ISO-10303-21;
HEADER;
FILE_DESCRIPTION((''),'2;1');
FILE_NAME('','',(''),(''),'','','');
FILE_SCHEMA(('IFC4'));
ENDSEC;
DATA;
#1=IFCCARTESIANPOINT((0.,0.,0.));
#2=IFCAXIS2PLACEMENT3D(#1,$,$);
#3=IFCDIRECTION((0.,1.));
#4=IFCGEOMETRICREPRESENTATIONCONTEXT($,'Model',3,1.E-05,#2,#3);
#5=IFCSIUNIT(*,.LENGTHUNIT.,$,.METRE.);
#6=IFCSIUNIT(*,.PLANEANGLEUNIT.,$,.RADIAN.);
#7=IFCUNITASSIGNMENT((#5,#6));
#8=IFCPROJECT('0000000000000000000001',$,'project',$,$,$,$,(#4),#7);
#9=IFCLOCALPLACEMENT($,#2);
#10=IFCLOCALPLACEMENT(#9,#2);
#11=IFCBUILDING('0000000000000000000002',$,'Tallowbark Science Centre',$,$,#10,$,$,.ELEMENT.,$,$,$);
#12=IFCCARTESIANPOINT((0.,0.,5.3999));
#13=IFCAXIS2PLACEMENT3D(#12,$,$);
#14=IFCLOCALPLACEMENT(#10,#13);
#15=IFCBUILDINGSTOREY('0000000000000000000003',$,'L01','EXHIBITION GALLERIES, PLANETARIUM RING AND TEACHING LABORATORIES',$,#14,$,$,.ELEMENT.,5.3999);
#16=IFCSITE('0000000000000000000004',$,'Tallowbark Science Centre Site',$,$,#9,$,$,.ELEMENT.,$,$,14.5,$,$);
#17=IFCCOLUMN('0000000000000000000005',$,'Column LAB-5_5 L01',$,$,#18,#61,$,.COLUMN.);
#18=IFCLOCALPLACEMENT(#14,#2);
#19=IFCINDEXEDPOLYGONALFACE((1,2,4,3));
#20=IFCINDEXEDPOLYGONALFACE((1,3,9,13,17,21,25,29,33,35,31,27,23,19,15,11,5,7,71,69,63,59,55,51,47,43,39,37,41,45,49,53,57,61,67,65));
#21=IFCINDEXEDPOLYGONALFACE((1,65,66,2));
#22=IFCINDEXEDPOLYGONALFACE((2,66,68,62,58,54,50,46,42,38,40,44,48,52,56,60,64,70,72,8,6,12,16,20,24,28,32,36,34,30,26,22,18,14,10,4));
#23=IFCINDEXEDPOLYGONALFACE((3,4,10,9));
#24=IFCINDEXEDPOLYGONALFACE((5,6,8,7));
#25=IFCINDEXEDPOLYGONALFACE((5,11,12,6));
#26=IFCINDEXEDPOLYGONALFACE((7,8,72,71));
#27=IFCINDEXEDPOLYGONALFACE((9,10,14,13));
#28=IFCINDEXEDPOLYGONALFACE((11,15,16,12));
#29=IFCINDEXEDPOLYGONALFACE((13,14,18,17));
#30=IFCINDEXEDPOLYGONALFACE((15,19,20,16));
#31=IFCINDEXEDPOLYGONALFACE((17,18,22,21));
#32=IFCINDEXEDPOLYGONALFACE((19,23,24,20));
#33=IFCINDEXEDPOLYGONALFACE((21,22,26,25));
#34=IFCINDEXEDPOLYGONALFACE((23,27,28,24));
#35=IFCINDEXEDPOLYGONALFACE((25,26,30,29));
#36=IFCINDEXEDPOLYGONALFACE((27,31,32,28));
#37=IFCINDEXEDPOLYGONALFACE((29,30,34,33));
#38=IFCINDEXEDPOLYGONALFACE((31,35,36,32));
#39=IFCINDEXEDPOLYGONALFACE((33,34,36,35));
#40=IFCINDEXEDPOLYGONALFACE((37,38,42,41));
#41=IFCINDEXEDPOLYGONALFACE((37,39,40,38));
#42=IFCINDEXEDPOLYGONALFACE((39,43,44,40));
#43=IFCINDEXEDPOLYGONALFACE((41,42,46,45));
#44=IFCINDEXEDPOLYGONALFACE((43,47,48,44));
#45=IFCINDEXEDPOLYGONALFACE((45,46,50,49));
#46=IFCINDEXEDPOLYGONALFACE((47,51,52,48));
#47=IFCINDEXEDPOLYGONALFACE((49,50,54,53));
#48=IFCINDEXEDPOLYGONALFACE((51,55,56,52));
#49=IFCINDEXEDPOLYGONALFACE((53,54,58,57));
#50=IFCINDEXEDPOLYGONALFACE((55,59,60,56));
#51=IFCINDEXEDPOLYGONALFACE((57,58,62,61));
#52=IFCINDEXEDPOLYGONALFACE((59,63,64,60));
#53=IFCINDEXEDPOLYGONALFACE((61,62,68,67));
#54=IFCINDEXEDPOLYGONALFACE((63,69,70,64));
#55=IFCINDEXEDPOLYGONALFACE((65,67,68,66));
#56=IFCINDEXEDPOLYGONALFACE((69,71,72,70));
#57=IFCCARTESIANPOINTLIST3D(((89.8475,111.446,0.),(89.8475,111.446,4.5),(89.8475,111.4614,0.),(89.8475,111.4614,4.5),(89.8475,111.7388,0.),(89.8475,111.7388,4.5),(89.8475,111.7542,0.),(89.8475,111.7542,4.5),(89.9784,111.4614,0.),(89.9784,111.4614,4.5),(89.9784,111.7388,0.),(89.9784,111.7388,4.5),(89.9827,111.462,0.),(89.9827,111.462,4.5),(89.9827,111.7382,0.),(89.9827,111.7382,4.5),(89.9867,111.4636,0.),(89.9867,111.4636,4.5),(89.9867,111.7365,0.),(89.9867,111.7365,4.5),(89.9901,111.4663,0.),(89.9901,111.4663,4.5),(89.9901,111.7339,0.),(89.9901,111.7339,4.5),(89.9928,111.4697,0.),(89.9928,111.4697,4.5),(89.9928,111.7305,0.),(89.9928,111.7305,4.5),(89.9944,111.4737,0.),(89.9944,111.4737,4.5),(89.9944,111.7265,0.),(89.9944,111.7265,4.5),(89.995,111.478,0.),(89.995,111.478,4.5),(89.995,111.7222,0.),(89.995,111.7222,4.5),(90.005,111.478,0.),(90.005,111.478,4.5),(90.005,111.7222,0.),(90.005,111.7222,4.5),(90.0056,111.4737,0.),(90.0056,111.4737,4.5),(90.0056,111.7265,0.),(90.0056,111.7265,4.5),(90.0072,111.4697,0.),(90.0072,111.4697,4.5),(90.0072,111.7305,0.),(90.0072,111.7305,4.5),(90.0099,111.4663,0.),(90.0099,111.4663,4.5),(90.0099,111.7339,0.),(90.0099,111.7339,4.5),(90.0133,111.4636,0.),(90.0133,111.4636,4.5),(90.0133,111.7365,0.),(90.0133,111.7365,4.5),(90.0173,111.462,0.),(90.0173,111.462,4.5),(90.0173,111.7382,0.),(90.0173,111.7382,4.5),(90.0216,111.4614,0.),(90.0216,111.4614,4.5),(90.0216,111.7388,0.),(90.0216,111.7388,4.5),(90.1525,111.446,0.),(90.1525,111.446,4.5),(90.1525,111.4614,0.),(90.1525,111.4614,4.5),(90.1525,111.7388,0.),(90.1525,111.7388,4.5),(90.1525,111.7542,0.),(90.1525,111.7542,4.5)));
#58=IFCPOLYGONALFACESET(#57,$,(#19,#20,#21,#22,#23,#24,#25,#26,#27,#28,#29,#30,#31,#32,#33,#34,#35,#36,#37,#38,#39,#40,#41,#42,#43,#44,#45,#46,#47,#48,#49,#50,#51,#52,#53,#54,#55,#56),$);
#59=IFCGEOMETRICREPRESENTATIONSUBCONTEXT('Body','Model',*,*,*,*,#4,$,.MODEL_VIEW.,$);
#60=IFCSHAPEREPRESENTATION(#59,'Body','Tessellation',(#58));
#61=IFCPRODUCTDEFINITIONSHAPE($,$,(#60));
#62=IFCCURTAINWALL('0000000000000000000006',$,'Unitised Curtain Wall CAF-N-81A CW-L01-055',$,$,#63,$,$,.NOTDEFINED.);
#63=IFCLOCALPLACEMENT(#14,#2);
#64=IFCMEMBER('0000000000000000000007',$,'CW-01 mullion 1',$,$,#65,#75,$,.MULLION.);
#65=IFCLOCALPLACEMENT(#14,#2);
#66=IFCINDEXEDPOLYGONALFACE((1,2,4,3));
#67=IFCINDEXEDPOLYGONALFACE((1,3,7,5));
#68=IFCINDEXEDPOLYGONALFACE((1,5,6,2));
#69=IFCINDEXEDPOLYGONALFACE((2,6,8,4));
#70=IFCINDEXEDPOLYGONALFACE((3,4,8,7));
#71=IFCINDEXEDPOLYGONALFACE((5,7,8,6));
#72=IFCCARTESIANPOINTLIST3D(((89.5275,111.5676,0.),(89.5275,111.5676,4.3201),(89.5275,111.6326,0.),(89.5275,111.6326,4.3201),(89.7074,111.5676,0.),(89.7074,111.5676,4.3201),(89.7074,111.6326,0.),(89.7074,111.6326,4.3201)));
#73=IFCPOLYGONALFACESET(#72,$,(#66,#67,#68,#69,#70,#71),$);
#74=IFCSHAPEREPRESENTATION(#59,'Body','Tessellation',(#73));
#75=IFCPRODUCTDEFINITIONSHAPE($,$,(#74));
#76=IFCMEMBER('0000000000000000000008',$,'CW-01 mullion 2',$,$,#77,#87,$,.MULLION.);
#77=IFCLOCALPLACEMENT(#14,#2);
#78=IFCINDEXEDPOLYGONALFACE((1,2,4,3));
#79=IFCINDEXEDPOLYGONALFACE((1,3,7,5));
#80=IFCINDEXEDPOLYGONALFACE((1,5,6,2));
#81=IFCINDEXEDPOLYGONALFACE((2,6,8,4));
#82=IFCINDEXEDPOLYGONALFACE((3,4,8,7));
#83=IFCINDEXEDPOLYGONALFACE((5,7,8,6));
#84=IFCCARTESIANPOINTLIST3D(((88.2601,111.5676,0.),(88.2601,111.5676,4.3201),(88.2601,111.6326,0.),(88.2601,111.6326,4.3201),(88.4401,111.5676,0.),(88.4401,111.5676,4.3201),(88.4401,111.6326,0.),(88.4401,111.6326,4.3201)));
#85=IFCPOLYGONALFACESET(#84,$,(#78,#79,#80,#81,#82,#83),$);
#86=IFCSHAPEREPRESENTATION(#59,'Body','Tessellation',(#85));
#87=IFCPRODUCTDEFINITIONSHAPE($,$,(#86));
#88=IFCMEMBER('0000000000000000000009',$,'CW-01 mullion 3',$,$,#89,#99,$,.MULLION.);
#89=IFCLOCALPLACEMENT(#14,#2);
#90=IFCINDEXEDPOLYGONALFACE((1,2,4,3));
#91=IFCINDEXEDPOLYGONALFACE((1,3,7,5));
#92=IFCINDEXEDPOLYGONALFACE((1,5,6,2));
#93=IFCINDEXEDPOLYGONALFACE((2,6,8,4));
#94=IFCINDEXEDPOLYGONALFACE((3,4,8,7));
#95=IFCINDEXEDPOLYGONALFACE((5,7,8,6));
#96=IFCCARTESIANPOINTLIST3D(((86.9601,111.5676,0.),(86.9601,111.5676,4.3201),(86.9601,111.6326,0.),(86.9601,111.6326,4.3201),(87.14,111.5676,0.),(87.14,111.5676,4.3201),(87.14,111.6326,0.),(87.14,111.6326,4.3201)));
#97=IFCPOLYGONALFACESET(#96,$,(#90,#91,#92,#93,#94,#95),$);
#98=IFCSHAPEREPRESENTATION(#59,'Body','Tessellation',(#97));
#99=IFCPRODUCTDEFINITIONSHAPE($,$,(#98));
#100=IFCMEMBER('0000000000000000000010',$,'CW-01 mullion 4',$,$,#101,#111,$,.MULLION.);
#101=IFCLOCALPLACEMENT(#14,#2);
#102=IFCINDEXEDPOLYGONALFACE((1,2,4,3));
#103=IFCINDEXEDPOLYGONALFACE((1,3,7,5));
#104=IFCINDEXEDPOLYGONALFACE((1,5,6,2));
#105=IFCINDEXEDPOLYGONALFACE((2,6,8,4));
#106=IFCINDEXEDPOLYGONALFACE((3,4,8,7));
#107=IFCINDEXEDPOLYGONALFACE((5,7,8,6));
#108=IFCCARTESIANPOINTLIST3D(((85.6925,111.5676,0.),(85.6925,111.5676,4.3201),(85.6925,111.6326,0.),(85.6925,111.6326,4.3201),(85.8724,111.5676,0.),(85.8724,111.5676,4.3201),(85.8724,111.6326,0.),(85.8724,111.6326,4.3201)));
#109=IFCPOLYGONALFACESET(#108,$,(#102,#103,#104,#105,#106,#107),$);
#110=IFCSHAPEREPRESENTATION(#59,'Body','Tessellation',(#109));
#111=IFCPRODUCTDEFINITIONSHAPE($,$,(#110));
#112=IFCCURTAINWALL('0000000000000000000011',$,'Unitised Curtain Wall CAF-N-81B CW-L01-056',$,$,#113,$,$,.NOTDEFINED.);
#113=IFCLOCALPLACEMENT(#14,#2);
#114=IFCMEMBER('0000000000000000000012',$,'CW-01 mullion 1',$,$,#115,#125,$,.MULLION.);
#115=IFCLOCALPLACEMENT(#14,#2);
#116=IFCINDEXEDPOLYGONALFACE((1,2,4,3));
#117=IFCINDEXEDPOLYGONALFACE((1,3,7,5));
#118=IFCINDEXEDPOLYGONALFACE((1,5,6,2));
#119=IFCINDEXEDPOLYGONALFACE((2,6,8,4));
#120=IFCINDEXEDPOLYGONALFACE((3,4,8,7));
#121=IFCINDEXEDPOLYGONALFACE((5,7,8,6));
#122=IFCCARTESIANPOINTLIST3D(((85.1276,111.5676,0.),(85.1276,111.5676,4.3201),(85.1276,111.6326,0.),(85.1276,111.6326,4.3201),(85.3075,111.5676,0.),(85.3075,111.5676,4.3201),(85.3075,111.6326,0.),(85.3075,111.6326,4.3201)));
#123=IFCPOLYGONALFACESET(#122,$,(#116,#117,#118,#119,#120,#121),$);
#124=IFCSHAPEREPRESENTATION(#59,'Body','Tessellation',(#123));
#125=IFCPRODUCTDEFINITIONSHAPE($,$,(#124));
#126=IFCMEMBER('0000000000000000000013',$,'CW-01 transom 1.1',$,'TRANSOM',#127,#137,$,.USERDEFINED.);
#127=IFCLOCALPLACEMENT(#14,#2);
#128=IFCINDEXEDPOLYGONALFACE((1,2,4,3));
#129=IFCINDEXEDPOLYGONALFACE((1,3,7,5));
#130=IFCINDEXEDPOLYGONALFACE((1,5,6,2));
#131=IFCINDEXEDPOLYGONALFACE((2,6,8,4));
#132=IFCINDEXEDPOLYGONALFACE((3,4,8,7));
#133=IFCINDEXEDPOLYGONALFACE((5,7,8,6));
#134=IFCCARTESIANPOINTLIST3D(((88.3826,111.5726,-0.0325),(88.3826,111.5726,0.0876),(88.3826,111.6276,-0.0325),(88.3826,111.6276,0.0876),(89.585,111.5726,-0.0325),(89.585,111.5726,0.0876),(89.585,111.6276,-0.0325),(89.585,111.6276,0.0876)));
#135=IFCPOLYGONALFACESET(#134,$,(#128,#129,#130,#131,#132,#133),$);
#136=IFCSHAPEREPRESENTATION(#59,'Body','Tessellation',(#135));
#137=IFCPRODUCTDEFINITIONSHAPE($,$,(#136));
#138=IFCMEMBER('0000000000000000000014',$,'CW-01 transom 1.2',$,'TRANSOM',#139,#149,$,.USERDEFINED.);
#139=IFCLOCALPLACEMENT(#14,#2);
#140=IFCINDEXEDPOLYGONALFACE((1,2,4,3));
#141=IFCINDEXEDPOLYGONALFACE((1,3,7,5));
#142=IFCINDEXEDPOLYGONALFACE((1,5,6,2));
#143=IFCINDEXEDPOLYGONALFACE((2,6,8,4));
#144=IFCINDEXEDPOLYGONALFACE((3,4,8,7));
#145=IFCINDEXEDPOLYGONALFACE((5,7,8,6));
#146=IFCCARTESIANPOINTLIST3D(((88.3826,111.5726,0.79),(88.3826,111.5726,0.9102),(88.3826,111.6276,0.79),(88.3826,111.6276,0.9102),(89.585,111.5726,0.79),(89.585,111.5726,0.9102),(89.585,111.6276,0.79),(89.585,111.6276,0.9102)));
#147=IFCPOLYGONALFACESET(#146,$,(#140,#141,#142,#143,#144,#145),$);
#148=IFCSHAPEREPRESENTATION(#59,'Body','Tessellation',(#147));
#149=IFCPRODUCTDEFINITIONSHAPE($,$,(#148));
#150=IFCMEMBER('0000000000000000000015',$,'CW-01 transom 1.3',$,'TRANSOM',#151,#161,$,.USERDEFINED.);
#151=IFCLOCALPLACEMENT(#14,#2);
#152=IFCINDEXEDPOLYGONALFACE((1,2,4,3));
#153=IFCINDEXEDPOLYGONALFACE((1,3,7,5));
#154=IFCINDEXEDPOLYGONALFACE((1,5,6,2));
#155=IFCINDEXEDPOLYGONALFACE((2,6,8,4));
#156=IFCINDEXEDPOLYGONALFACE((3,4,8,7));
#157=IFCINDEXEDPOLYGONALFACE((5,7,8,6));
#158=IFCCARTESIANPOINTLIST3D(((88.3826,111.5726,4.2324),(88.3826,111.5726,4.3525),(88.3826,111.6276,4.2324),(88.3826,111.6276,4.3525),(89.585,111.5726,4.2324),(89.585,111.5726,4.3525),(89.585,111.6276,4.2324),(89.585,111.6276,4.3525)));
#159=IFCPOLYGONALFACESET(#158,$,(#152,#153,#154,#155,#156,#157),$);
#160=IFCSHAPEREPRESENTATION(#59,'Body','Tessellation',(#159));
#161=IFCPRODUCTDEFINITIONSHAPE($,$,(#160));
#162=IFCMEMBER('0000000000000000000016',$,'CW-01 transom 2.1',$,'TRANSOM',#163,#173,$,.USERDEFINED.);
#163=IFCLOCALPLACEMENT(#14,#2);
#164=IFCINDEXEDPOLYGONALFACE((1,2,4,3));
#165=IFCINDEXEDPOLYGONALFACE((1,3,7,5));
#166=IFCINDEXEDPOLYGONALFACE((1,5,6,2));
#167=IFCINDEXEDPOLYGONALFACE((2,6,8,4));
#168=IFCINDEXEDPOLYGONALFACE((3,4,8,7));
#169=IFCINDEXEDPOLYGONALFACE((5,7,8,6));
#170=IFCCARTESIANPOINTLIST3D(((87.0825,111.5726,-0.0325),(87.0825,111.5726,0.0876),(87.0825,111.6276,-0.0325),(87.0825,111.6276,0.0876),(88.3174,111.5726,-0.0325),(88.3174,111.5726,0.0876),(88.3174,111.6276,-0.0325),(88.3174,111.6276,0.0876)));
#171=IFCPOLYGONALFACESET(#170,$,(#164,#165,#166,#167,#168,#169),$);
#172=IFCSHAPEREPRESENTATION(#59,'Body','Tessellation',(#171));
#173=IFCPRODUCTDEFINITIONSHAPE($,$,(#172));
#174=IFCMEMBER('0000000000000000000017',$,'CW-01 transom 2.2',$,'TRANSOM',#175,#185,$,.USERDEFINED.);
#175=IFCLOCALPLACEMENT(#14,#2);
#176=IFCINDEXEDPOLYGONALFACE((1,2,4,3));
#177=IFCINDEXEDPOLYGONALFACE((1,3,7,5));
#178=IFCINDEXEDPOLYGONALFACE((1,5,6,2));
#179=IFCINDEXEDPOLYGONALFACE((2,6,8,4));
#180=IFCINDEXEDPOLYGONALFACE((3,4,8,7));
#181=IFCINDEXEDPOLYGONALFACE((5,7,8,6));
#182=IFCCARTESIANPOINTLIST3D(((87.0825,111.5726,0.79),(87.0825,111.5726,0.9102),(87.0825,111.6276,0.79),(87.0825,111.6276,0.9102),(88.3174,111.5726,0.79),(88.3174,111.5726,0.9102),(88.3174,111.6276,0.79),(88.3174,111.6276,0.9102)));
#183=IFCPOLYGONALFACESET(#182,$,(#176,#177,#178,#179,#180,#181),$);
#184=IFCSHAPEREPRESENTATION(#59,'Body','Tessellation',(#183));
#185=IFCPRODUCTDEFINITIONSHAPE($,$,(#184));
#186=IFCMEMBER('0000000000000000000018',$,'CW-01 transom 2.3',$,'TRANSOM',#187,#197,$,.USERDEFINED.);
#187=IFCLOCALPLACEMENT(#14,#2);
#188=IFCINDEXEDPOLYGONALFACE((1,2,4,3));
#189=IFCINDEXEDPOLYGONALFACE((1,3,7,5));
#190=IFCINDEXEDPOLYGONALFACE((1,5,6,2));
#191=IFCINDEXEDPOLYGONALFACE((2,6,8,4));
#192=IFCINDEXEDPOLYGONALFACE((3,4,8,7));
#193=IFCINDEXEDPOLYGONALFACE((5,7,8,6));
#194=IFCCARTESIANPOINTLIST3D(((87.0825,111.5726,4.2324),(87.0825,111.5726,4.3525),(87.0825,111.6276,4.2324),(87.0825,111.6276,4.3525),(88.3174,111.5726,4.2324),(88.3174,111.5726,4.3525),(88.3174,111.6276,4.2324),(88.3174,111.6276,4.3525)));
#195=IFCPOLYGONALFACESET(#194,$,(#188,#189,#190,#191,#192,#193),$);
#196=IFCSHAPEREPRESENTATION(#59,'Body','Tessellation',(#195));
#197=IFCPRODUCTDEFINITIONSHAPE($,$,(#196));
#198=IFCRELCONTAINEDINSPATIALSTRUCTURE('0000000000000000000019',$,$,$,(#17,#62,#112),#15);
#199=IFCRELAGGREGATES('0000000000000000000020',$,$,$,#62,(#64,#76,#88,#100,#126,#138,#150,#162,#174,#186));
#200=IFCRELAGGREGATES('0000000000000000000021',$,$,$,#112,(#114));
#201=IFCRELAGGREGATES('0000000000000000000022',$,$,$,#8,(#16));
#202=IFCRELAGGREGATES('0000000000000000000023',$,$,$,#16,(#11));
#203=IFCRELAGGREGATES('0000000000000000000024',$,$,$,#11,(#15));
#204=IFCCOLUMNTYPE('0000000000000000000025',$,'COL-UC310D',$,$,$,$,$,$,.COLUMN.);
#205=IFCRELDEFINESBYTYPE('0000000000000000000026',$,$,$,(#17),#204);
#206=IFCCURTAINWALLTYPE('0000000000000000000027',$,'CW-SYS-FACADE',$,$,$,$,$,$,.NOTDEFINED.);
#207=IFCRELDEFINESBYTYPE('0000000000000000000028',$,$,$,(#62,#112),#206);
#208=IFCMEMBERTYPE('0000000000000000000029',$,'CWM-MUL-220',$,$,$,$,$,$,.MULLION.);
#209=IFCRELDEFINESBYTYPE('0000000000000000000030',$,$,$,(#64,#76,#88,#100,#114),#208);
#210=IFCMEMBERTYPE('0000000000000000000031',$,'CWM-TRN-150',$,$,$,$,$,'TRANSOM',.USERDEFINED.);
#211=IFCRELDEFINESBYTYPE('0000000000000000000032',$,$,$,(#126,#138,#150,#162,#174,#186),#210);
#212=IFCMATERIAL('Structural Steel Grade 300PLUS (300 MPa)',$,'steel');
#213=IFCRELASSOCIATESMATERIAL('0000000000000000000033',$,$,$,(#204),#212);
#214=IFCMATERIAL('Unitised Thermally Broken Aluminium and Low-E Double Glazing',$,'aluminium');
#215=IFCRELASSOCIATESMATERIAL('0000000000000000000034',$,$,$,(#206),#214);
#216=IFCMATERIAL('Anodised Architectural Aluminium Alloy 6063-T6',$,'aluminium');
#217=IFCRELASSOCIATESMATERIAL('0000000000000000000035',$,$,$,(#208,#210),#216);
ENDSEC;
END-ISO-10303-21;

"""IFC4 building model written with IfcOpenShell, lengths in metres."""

from ifc_helpers import new_model, si_unit, direction, frame, origin, origin_2d, place, context, subcontext, project, spatial, rectangle, i_section, extrude, material, material_profile, profile_set, type_object, element, aggregate, save


model = new_model("IFC4")

# Units and contexts
model_context = context("Model", 3, precision=1e-05, world=origin(), true_north=direction((0.0, 1.0)))
body_context = subcontext(model_context, "Body", "Model", "MODEL_VIEW")
ifc_project = project(units=[si_unit("LENGTHUNIT", "METRE"), si_unit("PLANEANGLEUNIT", "RADIAN")], contexts=[model_context])

# Site, building, storey
site_placement = place(None, origin())
site = spatial("IfcSite", under=ifc_project, at=site_placement, Name="Tallowbark Science Centre Site", CompositionType="ELEMENT", RefElevation=14.5)
building_placement = place(site_placement, origin())
building = spatial("IfcBuilding", under=site, at=building_placement, Name="Tallowbark Science Centre", CompositionType="ELEMENT")
storey_placement = place(building_placement, frame((0.0, 0.0, 5.3999)))
storey = spatial("IfcBuildingStorey", under=building, at=storey_placement, Name="L01", Description="EXHIBITION GALLERIES, PLANETARIUM RING AND TEACHING LABORATORIES", CompositionType="ELEMENT", Elevation=5.3999)

# Column
ifc_material_1 = material(Name="Structural Steel Grade 300PLUS (300 MPa)", Category="steel")
ifc_material_profile_1 = material_profile(ifc_material_1, i_section(OverallWidth=0.3049, OverallDepth=0.3081, WebThickness=0.01, FlangeThickness=0.0154, FilletRadius=0.0166, at=origin_2d()), Name="310UC96.8")
ifc_profile_set_1 = profile_set([ifc_material_profile_1], Name="Structural Steel Grade 300PLUS (300 MPa)")
column_type = type_object("IfcColumnType", Name="COL-UC310D", PredefinedType="COLUMN", material=ifc_profile_set_1)
column_placement = place(storey_placement, frame((90.0, 111.6001, 0.0), z_axis=(0.0, 0.0, 1.0), x_axis=(1.0, 0.0, 0.0)))
element("IfcColumn", 1, at=column_placement, inside=storey, type_object=column_type, Name="Column LAB-5_5 L01", PredefinedType="COLUMN", context=body_context, shape_type="SweptSolid", body=[
    extrude(i_section(OverallWidth=0.3049, OverallDepth=0.3081, WebThickness=0.01, FlangeThickness=0.0154, FilletRadius=0.0166, at=origin_2d()), origin(), (0.0, 0.0, 1.0), 4.5),
])

# Curtain wall, members
ifc_material_2 = material(Name="Unitised Thermally Broken Aluminium and Low-E Double Glazing", Category="aluminium")
curtain_wall_type = type_object("IfcCurtainWallType", Name="CW-SYS-FACADE", PredefinedType="NOTDEFINED", material=ifc_material_2)
curtain_wall_1_placement = place(storey_placement, origin())
curtain_wall_1 = element("IfcCurtainWall", 2, at=curtain_wall_1_placement, inside=storey, type_object=curtain_wall_type, Name="Unitised Curtain Wall CAF-N-81A CW-L01-055", PredefinedType="NOTDEFINED")
ifc_material_3 = material(Name="Anodised Architectural Aluminium Alloy 6063-T6", Category="aluminium")
ifc_material_profile_2 = material_profile(ifc_material_3, rectangle(XDim=0.0649, YDim=0.1799, at=origin_2d()), Name="ALU65x180")
ifc_profile_set_2 = profile_set([ifc_material_profile_2], Name="Anodised Architectural Aluminium Alloy 6063-T6")
member_type_1 = type_object("IfcMemberType", Name="CWM-MUL-220", PredefinedType="MULLION", material=ifc_profile_set_2)
member_1_placement = place(storey_placement, frame((89.6174, 111.6001, 0.0), z_axis=(0.0, 0.0, 1.0), x_axis=(0.0, -1.0, 0.0)))
member_1 = element("IfcMember", 3, at=member_1_placement, type_object=member_type_1, Name="CW-01 mullion 1", PredefinedType="MULLION", context=body_context, shape_type="SweptSolid", body=[
    extrude(rectangle(XDim=0.0649, YDim=0.1799, at=origin_2d()), origin(), (0.0, 0.0, 1.0), 4.3201),
])
member_2_placement = place(storey_placement, frame((88.3501, 111.6001, 0.0), z_axis=(0.0, 0.0, 1.0), x_axis=(0.0, -1.0, 0.0)))
member_2 = element("IfcMember", 4, at=member_2_placement, type_object=member_type_1, Name="CW-01 mullion 2", PredefinedType="MULLION", context=body_context, shape_type="SweptSolid", body=[
    extrude(rectangle(XDim=0.0649, YDim=0.1799, at=origin_2d()), origin(), (0.0, 0.0, 1.0), 4.3201),
])
member_3_placement = place(storey_placement, frame((87.05, 111.6001, 0.0), z_axis=(0.0, 0.0, 1.0), x_axis=(0.0, -1.0, 0.0)))
member_3 = element("IfcMember", 5, at=member_3_placement, type_object=member_type_1, Name="CW-01 mullion 3", PredefinedType="MULLION", context=body_context, shape_type="SweptSolid", body=[
    extrude(rectangle(XDim=0.0649, YDim=0.1799, at=origin_2d()), origin(), (0.0, 0.0, 1.0), 4.3201),
])
member_4_placement = place(storey_placement, frame((85.7825, 111.6001, 0.0), z_axis=(0.0, 0.0, 1.0), x_axis=(0.0, -1.0, 0.0)))
member_4 = element("IfcMember", 6, at=member_4_placement, type_object=member_type_1, Name="CW-01 mullion 4", PredefinedType="MULLION", context=body_context, shape_type="SweptSolid", body=[
    extrude(rectangle(XDim=0.0649, YDim=0.1799, at=origin_2d()), origin(), (0.0, 0.0, 1.0), 4.3201),
])

# Curtain wall, member
curtain_wall_2_placement = place(storey_placement, origin())
curtain_wall_2 = element("IfcCurtainWall", 7, at=curtain_wall_2_placement, inside=storey, type_object=curtain_wall_type, Name="Unitised Curtain Wall CAF-N-81B CW-L01-056", PredefinedType="NOTDEFINED")
member_5_placement = place(storey_placement, frame((85.2175, 111.6001, 0.0), z_axis=(0.0, 0.0, 1.0), x_axis=(0.0, -1.0, 0.0)))
member_5 = element("IfcMember", 8, at=member_5_placement, type_object=member_type_1, Name="CW-01 mullion 1", PredefinedType="MULLION", context=body_context, shape_type="SweptSolid", body=[
    extrude(rectangle(XDim=0.0649, YDim=0.1799, at=origin_2d()), origin(), (0.0, 0.0, 1.0), 4.3201),
])

# Members
ifc_material_profile_3 = material_profile(ifc_material_3, rectangle(XDim=0.0549, YDim=0.1201, at=origin_2d()), Name="ALU55x120")
ifc_profile_set_3 = profile_set([ifc_material_profile_3], Name="Anodised Architectural Aluminium Alloy 6063-T6")
member_type_2 = type_object("IfcMemberType", Name="CWM-TRN-150", ElementType="TRANSOM", PredefinedType="USERDEFINED", material=ifc_profile_set_3)
member_6_placement = place(storey_placement, frame((89.585, 111.6001, 0.0276), z_axis=(-1.0, 0.0, 0.0), x_axis=(0.0, -1.0, 0.0)))
member_6 = element("IfcMember", 9, at=member_6_placement, type_object=member_type_2, Name="CW-01 transom 1.1", ObjectType="TRANSOM", PredefinedType="USERDEFINED", context=body_context, shape_type="SweptSolid", body=[
    extrude(rectangle(XDim=0.0549, YDim=0.1201, at=origin_2d()), origin(), (0.0, 0.0, 1.0), 1.2024),
])
member_7_placement = place(storey_placement, frame((89.585, 111.6001, 0.8501), z_axis=(-1.0, 0.0, 0.0), x_axis=(0.0, -1.0, 0.0)))
member_7 = element("IfcMember", 10, at=member_7_placement, type_object=member_type_2, Name="CW-01 transom 1.2", ObjectType="TRANSOM", PredefinedType="USERDEFINED", context=body_context, shape_type="SweptSolid", body=[
    extrude(rectangle(XDim=0.0549, YDim=0.1201, at=origin_2d()), origin(), (0.0, 0.0, 1.0), 1.2024),
])
member_8_placement = place(storey_placement, frame((89.585, 111.6001, 4.2925), z_axis=(-1.0, 0.0, 0.0), x_axis=(0.0, -1.0, 0.0)))
member_8 = element("IfcMember", 11, at=member_8_placement, type_object=member_type_2, Name="CW-01 transom 1.3", ObjectType="TRANSOM", PredefinedType="USERDEFINED", context=body_context, shape_type="SweptSolid", body=[
    extrude(rectangle(XDim=0.0549, YDim=0.1201, at=origin_2d()), origin(), (0.0, 0.0, 1.0), 1.2024),
])
member_9_placement = place(storey_placement, frame((88.3174, 111.6001, 0.0276), z_axis=(-1.0, 0.0, 0.0), x_axis=(0.0, -1.0, 0.0)))
member_9 = element("IfcMember", 12, at=member_9_placement, type_object=member_type_2, Name="CW-01 transom 2.1", ObjectType="TRANSOM", PredefinedType="USERDEFINED", context=body_context, shape_type="SweptSolid", body=[
    extrude(rectangle(XDim=0.0549, YDim=0.1201, at=origin_2d()), origin(), (0.0, 0.0, 1.0), 1.2349),
])
member_10_placement = place(storey_placement, frame((88.3174, 111.6001, 0.8501), z_axis=(-1.0, 0.0, 0.0), x_axis=(0.0, -1.0, 0.0)))
member_10 = element("IfcMember", 13, at=member_10_placement, type_object=member_type_2, Name="CW-01 transom 2.2", ObjectType="TRANSOM", PredefinedType="USERDEFINED", context=body_context, shape_type="SweptSolid", body=[
    extrude(rectangle(XDim=0.0549, YDim=0.1201, at=origin_2d()), origin(), (0.0, 0.0, 1.0), 1.2349),
])
member_11_placement = place(storey_placement, frame((88.3174, 111.6001, 4.2925), z_axis=(-1.0, 0.0, 0.0), x_axis=(0.0, -1.0, 0.0)))
member_11 = element("IfcMember", 14, at=member_11_placement, type_object=member_type_2, Name="CW-01 transom 2.3", ObjectType="TRANSOM", PredefinedType="USERDEFINED", context=body_context, shape_type="SweptSolid", body=[
    extrude(rectangle(XDim=0.0549, YDim=0.1201, at=origin_2d()), origin(), (0.0, 0.0, 1.0), 1.2349),
])

aggregate(curtain_wall_1, [member_1, member_2, member_3, member_4, member_6, member_7, member_8, member_9, member_10, member_11])
aggregate(curtain_wall_2, [member_5])

save(model, "model.ifc")
